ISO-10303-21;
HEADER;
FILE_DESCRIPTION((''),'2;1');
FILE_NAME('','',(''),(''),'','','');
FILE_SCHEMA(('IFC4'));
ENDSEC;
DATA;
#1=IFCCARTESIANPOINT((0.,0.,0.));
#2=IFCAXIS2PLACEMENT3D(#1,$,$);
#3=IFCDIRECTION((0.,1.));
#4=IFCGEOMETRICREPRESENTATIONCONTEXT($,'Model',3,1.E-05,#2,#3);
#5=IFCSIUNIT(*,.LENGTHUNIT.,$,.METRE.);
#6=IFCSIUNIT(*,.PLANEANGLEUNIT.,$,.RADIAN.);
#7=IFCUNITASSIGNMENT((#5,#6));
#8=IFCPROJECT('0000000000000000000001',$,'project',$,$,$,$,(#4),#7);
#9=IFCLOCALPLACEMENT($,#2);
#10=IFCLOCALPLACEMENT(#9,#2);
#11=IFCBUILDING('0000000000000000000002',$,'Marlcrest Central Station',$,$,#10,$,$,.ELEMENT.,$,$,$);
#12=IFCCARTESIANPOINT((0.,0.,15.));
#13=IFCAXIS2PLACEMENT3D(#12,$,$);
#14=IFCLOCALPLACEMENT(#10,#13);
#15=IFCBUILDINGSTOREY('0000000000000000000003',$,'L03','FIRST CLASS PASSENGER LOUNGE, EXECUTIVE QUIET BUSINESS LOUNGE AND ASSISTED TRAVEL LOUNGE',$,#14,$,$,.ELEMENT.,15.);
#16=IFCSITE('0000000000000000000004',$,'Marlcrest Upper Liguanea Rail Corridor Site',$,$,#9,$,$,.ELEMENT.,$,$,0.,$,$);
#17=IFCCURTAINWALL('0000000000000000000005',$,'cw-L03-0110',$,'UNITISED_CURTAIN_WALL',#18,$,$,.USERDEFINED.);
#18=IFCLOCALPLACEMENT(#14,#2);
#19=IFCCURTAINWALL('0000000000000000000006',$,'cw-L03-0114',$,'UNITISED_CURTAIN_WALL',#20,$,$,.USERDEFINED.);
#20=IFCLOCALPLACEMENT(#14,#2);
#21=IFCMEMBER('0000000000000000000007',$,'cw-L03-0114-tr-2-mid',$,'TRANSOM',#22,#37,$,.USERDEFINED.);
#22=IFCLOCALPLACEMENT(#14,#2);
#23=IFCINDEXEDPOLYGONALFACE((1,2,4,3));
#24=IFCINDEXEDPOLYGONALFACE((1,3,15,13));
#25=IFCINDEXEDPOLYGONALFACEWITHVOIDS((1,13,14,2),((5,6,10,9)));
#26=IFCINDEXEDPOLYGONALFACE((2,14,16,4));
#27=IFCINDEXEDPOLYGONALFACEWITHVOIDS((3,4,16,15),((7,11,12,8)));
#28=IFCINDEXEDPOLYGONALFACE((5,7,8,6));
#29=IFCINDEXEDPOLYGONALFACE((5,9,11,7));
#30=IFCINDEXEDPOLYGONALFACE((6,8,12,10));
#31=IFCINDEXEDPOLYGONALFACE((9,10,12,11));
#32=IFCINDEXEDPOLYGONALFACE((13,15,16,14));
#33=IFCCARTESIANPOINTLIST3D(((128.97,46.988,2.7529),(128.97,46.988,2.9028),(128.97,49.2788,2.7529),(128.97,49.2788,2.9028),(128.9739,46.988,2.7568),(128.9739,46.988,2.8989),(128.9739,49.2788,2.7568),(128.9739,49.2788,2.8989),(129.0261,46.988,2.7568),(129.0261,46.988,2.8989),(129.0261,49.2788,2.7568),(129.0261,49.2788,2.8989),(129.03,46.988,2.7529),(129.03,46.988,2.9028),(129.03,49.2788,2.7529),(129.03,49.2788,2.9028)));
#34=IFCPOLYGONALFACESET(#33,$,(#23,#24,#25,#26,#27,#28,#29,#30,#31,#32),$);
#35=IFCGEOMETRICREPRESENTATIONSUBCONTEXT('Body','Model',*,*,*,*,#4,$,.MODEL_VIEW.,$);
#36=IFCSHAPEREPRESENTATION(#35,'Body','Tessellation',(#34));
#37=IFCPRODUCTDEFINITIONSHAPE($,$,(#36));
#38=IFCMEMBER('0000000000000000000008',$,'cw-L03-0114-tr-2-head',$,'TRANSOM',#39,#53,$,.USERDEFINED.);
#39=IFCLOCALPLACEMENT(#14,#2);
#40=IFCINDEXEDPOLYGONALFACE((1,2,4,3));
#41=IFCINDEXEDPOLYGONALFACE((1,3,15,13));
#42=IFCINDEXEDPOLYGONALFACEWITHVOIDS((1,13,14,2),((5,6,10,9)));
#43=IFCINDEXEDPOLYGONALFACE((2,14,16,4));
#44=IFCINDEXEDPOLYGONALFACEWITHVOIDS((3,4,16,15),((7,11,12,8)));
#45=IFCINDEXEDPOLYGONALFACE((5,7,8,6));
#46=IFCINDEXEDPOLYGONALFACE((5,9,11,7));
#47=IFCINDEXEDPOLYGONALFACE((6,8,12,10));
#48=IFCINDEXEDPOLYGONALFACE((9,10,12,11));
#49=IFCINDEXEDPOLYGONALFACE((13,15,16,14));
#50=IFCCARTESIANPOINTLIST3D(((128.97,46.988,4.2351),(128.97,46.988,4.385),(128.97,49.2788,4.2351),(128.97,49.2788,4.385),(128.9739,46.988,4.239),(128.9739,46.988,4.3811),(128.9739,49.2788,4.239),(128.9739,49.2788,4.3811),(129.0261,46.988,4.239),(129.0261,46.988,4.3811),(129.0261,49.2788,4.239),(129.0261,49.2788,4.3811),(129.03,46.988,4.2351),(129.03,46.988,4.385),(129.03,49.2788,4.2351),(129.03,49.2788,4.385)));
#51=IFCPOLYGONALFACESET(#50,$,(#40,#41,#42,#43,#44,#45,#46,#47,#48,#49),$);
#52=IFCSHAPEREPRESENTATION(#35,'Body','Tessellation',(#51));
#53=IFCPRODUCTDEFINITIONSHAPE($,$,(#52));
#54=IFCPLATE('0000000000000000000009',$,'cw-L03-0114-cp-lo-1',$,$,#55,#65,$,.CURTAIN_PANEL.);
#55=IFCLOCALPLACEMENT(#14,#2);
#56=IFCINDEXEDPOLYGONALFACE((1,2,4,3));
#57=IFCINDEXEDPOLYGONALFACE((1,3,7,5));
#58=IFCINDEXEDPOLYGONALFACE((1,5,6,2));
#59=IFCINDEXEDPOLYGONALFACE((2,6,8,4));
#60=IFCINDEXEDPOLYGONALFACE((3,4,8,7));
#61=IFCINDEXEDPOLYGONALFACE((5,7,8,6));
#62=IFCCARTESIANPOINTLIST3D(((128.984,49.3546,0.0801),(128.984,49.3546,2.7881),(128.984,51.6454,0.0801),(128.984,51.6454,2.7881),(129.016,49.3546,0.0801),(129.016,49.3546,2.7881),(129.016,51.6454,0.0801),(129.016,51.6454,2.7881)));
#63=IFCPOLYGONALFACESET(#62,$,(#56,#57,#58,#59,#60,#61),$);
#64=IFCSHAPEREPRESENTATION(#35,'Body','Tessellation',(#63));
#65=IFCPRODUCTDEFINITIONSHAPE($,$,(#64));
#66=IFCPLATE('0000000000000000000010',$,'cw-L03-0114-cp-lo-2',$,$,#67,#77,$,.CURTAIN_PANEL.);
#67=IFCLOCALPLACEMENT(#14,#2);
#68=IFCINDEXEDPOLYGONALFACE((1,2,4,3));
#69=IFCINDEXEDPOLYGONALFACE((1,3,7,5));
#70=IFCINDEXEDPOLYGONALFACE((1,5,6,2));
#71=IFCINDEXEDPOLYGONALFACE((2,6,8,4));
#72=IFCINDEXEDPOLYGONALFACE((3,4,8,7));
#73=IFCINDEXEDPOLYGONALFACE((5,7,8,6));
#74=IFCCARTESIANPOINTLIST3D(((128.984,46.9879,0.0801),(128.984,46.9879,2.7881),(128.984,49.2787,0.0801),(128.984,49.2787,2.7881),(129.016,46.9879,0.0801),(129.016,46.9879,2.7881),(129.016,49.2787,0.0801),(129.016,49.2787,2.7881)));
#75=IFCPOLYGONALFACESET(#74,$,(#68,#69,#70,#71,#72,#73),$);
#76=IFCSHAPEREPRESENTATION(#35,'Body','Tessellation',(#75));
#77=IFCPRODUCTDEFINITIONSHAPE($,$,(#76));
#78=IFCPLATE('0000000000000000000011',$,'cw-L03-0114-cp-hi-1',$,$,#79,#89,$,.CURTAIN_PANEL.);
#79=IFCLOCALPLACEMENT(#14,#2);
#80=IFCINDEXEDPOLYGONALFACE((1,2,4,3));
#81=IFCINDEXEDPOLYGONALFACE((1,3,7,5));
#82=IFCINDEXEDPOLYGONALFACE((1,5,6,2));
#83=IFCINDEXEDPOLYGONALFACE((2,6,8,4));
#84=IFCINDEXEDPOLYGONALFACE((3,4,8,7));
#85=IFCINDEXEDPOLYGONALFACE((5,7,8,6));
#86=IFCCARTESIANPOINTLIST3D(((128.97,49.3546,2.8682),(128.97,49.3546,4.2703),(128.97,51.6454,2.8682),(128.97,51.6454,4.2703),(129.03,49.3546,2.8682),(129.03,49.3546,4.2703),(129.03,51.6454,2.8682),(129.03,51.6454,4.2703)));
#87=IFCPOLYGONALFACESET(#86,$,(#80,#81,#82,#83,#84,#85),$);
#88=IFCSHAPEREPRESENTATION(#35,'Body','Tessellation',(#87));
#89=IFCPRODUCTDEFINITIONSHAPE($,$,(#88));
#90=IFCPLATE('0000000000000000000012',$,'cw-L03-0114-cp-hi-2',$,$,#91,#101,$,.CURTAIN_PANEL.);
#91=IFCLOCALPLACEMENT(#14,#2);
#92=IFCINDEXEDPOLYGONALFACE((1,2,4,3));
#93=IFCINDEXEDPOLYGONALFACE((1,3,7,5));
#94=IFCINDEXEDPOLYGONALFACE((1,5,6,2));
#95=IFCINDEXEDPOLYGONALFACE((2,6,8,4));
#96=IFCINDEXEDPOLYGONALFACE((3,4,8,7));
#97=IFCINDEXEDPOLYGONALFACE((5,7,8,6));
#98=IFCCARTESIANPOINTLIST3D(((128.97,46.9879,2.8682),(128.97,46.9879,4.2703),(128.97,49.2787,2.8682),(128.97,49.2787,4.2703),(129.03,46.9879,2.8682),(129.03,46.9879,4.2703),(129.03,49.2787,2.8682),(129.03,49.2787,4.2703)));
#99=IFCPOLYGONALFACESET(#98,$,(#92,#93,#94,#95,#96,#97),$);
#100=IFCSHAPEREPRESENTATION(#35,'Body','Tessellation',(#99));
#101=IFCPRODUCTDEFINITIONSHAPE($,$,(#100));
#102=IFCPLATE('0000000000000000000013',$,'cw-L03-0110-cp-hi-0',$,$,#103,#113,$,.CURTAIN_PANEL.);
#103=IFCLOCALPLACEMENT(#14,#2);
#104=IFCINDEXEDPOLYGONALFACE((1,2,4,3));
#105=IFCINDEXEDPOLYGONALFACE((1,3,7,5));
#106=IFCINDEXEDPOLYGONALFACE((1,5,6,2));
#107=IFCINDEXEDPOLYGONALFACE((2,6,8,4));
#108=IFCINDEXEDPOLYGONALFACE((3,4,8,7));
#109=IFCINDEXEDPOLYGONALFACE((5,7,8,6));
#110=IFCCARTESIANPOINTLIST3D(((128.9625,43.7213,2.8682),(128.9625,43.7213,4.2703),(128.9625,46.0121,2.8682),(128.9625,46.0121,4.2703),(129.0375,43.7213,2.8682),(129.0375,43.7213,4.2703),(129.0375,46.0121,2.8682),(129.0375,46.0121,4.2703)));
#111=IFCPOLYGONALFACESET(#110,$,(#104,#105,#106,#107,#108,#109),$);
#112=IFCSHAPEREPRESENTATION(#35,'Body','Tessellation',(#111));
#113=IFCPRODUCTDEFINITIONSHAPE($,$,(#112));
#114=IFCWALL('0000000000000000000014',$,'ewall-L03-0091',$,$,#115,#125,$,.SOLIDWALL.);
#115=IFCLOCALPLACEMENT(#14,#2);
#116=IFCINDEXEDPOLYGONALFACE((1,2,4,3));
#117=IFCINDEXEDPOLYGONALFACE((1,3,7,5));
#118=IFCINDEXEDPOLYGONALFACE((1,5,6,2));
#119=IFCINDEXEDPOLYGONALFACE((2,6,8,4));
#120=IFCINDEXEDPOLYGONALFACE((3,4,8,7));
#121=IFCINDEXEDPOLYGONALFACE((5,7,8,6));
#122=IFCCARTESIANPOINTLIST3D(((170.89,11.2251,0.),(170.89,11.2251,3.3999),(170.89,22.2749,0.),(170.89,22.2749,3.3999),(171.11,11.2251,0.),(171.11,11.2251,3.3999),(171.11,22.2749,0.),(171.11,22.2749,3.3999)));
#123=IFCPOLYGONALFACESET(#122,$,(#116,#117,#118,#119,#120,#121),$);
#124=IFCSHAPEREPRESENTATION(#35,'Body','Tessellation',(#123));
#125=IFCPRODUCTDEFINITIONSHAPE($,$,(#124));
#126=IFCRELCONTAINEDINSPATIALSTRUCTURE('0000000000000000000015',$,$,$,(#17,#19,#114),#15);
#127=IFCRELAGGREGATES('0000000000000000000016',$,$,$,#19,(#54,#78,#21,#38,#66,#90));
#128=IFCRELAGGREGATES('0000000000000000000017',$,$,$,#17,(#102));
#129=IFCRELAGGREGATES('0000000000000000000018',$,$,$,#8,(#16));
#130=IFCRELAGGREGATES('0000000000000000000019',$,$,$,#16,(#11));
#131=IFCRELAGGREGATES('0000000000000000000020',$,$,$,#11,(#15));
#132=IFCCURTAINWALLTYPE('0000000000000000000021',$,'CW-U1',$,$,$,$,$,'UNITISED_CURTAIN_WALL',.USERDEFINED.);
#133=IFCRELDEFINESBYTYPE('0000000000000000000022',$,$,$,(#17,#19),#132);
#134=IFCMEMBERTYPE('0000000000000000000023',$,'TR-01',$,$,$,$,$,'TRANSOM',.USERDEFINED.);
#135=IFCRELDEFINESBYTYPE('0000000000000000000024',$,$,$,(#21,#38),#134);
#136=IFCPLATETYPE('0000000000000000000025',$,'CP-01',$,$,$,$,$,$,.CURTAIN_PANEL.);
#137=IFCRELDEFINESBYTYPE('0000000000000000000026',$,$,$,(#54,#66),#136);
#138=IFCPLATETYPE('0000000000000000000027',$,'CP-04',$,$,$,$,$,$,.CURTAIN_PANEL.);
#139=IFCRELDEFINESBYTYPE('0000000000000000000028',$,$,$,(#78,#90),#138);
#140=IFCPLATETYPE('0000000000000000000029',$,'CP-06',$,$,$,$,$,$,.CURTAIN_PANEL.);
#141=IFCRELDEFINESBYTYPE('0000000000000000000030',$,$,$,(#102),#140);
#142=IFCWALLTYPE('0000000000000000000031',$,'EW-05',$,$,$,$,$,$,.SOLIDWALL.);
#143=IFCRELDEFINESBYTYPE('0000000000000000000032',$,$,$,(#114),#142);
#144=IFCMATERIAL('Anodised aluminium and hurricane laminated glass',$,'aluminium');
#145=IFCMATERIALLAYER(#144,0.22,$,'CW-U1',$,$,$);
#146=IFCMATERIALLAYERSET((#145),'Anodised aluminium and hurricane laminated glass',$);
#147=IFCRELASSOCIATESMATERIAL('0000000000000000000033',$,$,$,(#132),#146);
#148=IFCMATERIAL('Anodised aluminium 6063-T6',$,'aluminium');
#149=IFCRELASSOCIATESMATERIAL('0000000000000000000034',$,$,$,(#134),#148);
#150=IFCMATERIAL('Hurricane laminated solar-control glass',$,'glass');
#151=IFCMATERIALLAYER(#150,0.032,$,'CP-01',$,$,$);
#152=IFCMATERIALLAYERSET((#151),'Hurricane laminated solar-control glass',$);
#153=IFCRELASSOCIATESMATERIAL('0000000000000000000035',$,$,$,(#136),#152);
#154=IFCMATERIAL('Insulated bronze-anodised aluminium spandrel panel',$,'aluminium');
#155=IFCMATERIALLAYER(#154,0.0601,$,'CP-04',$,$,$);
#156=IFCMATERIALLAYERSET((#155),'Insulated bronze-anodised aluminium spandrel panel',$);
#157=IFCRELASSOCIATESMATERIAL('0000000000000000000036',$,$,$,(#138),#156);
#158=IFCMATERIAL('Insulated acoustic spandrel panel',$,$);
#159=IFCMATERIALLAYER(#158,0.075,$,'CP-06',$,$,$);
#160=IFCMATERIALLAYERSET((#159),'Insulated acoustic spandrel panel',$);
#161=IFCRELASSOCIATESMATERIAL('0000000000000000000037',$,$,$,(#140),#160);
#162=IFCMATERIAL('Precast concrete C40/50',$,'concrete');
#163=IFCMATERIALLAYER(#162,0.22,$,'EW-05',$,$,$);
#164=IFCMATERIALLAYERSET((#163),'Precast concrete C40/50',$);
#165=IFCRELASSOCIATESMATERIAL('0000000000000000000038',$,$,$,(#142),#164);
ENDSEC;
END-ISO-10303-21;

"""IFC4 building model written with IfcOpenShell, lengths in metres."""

from ifc_helpers import new_model, si_unit, direction, frame, frame_2d, origin, origin_2d, place, context, subcontext, project, spatial, rectangle, hollow_rectangle, extrude, material, layer, layer_set, material_profile, profile_set, type_object, element, aggregate, save


model = new_model("IFC4")

# Units and contexts
model_context = context("Model", 3, precision=1e-05, world=origin(), true_north=direction((0.0, 1.0)))
body_context = subcontext(model_context, "Body", "Model", "MODEL_VIEW")
ifc_project = project(units=[si_unit("LENGTHUNIT", "METRE"), si_unit("PLANEANGLEUNIT", "RADIAN")], contexts=[model_context])

# Site, building, storey
site_placement = place(None, origin())
site = spatial("IfcSite", under=ifc_project, at=site_placement, Name="Marlcrest Upper Liguanea Rail Corridor Site", CompositionType="ELEMENT", RefElevation=0.0)
building_placement = place(site_placement, origin())
building = spatial("IfcBuilding", under=site, at=building_placement, Name="Marlcrest Central Station", CompositionType="ELEMENT")
storey_placement = place(building_placement, frame((0.0, 0.0, 15.0)))
storey = spatial("IfcBuildingStorey", under=building, at=storey_placement, Name="L03", Description="FIRST CLASS PASSENGER LOUNGE, EXECUTIVE QUIET BUSINESS LOUNGE AND ASSISTED TRAVEL LOUNGE", CompositionType="ELEMENT", Elevation=15.0)

# Curtain wall
ifc_material_1 = material(Name="Anodised aluminium and hurricane laminated glass", Category="aluminium")
ifc_layer_1 = layer(ifc_material_1, 0.22, Name="CW-U1")
ifc_layer_set_1 = layer_set([ifc_layer_1], Name="Anodised aluminium and hurricane laminated glass")
curtain_wall_type = type_object("IfcCurtainWallType", Name="CW-U1", ElementType="UNITISED_CURTAIN_WALL", PredefinedType="USERDEFINED", material=ifc_layer_set_1)
curtain_wall_1_placement = place(storey_placement, origin())
curtain_wall_1 = element("IfcCurtainWall", 1, at=curtain_wall_1_placement, inside=storey, type_object=curtain_wall_type, Name="cw-L03-0110", ObjectType="UNITISED_CURTAIN_WALL", PredefinedType="USERDEFINED")
ifc_material_2 = material(Name="Anodised aluminium 6063-T6", Category="aluminium")

# Curtain wall
curtain_wall_2_placement = place(storey_placement, origin())
curtain_wall_2 = element("IfcCurtainWall", 2, at=curtain_wall_2_placement, inside=storey, type_object=curtain_wall_type, Name="cw-L03-0114", ObjectType="UNITISED_CURTAIN_WALL", PredefinedType="USERDEFINED")

# Members
ifc_material_profile_1 = material_profile(ifc_material_2, hollow_rectangle(XDim=0.0601, YDim=0.1499, WallThickness=0.0039, at=origin_2d()), Name="AA-RHS 150x60x4")
ifc_profile_set_1 = profile_set([ifc_material_profile_1], Name="Anodised aluminium 6063-T6")
member_type_1 = type_object("IfcMemberType", Name="TR-01", ElementType="TRANSOM", PredefinedType="USERDEFINED", material=ifc_profile_set_1)
member_1_placement = place(storey_placement, frame((129.0, 49.2788, 2.8279), z_axis=(0.0, -1.0, 0.0), x_axis=(1.0, 0.0, 0.0)))
member_1 = element("IfcMember", 3, at=member_1_placement, type_object=member_type_1, Name="cw-L03-0114-tr-2-mid", ObjectType="TRANSOM", PredefinedType="USERDEFINED", context=body_context, shape_type="SweptSolid", body=[
    extrude(hollow_rectangle(XDim=0.0601, YDim=0.1499, WallThickness=0.0039, at=origin_2d()), origin(), (0.0, 0.0, 1.0), 2.2908),
])
member_2_placement = place(storey_placement, frame((129.0, 49.2788, 4.3101), z_axis=(0.0, -1.0, 0.0), x_axis=(1.0, 0.0, 0.0)))
member_2 = element("IfcMember", 4, at=member_2_placement, type_object=member_type_1, Name="cw-L03-0114-tr-2-head", ObjectType="TRANSOM", PredefinedType="USERDEFINED", context=body_context, shape_type="SweptSolid", body=[
    extrude(hollow_rectangle(XDim=0.0601, YDim=0.1499, WallThickness=0.0039, at=origin_2d()), origin(), (0.0, 0.0, 1.0), 2.2908),
])

# Plates
ifc_material_3 = material(Name="Hurricane laminated solar-control glass", Category="glass")
ifc_layer_2 = layer(ifc_material_3, 0.032, Name="CP-01")
ifc_layer_set_2 = layer_set([ifc_layer_2], Name="Hurricane laminated solar-control glass")
plate_type_1 = type_object("IfcPlateType", Name="CP-01", PredefinedType="CURTAIN_PANEL", material=ifc_layer_set_2)
plate_1_placement = place(storey_placement, frame((129.0, 50.5, 0.0801), z_axis=(0.0, 0.0, 1.0), x_axis=(0.0, -1.0, 0.0)))
plate_1 = element("IfcPlate", 5, at=plate_1_placement, type_object=plate_type_1, Name="cw-L03-0114-cp-lo-1", PredefinedType="CURTAIN_PANEL", context=body_context, shape_type="SweptSolid", body=[
    extrude(rectangle(XDim=2.2908, YDim=0.032, at=origin_2d()), origin(), (0.0, 0.0, 1.0), 2.708),
])
plate_2_placement = place(storey_placement, frame((129.0, 48.1333, 0.0801), z_axis=(0.0, 0.0, 1.0), x_axis=(0.0, -1.0, 0.0)))
plate_2 = element("IfcPlate", 6, at=plate_2_placement, type_object=plate_type_1, Name="cw-L03-0114-cp-lo-2", PredefinedType="CURTAIN_PANEL", context=body_context, shape_type="SweptSolid", body=[
    extrude(rectangle(XDim=2.2908, YDim=0.032, at=origin_2d()), origin(), (0.0, 0.0, 1.0), 2.708),
])
ifc_material_4 = material(Name="Insulated bronze-anodised aluminium spandrel panel", Category="aluminium")
ifc_layer_3 = layer(ifc_material_4, 0.0601, Name="CP-04")
ifc_layer_set_3 = layer_set([ifc_layer_3], Name="Insulated bronze-anodised aluminium spandrel panel")
plate_type_2 = type_object("IfcPlateType", Name="CP-04", PredefinedType="CURTAIN_PANEL", material=ifc_layer_set_3)
plate_3_placement = place(storey_placement, frame((129.0, 50.5, 2.8682), z_axis=(0.0, 0.0, 1.0), x_axis=(0.0, -1.0, 0.0)))
plate_3 = element("IfcPlate", 7, at=plate_3_placement, type_object=plate_type_2, Name="cw-L03-0114-cp-hi-1", PredefinedType="CURTAIN_PANEL", context=body_context, shape_type="SweptSolid", body=[
    extrude(rectangle(XDim=2.2908, YDim=0.0601, at=origin_2d()), origin(), (0.0, 0.0, 1.0), 1.4021),
])
plate_4_placement = place(storey_placement, frame((129.0, 48.1333, 2.8682), z_axis=(0.0, 0.0, 1.0), x_axis=(0.0, -1.0, 0.0)))
plate_4 = element("IfcPlate", 8, at=plate_4_placement, type_object=plate_type_2, Name="cw-L03-0114-cp-hi-2", PredefinedType="CURTAIN_PANEL", context=body_context, shape_type="SweptSolid", body=[
    extrude(rectangle(XDim=2.2908, YDim=0.0601, at=origin_2d()), origin(), (0.0, 0.0, 1.0), 1.4021),
])
aggregate(curtain_wall_2, [plate_1, plate_3, member_1, member_2, plate_2, plate_4])
ifc_material_5 = material(Name="Insulated acoustic spandrel panel")
ifc_layer_4 = layer(ifc_material_5, 0.075, Name="CP-06")
ifc_layer_set_4 = layer_set([ifc_layer_4], Name="Insulated acoustic spandrel panel")
plate_type_3 = type_object("IfcPlateType", Name="CP-06", PredefinedType="CURTAIN_PANEL", material=ifc_layer_set_4)
plate_5_placement = place(storey_placement, frame((129.0, 44.8667, 2.8682), z_axis=(0.0, 0.0, 1.0), x_axis=(0.0, -1.0, 0.0)))
plate_5 = element("IfcPlate", 9, at=plate_5_placement, type_object=plate_type_3, Name="cw-L03-0110-cp-hi-0", PredefinedType="CURTAIN_PANEL", context=body_context, shape_type="SweptSolid", body=[
    extrude(rectangle(XDim=2.2908, YDim=0.075, at=origin_2d()), origin(), (0.0, 0.0, 1.0), 1.4021),
])
aggregate(curtain_wall_1, [plate_5])

# Wall
ifc_material_6 = material(Name="Precast concrete C40/50", Category="concrete")
ifc_layer_5 = layer(ifc_material_6, 0.22, Name="EW-05")
ifc_layer_set_5 = layer_set([ifc_layer_5], Name="Precast concrete C40/50")
wall_type = type_object("IfcWallType", Name="EW-05", PredefinedType="SOLIDWALL", material=ifc_layer_set_5)
wall_placement = place(storey_placement, frame((171.0, 11.2251, 0.0), z_axis=(0.0, 0.0, 1.0), x_axis=(0.0, 1.0, 0.0)))
element("IfcWall", 10, at=wall_placement, inside=storey, type_object=wall_type, Name="ewall-L03-0091", PredefinedType="SOLIDWALL", context=body_context, shape_type="SweptSolid", body=[
    extrude(rectangle(XDim=11.0498, YDim=0.22, at=frame_2d((5.5249, 0.0))), origin(), (0.0, 0.0, 1.0), 3.3999),
])

save(model, "model.ifc")
